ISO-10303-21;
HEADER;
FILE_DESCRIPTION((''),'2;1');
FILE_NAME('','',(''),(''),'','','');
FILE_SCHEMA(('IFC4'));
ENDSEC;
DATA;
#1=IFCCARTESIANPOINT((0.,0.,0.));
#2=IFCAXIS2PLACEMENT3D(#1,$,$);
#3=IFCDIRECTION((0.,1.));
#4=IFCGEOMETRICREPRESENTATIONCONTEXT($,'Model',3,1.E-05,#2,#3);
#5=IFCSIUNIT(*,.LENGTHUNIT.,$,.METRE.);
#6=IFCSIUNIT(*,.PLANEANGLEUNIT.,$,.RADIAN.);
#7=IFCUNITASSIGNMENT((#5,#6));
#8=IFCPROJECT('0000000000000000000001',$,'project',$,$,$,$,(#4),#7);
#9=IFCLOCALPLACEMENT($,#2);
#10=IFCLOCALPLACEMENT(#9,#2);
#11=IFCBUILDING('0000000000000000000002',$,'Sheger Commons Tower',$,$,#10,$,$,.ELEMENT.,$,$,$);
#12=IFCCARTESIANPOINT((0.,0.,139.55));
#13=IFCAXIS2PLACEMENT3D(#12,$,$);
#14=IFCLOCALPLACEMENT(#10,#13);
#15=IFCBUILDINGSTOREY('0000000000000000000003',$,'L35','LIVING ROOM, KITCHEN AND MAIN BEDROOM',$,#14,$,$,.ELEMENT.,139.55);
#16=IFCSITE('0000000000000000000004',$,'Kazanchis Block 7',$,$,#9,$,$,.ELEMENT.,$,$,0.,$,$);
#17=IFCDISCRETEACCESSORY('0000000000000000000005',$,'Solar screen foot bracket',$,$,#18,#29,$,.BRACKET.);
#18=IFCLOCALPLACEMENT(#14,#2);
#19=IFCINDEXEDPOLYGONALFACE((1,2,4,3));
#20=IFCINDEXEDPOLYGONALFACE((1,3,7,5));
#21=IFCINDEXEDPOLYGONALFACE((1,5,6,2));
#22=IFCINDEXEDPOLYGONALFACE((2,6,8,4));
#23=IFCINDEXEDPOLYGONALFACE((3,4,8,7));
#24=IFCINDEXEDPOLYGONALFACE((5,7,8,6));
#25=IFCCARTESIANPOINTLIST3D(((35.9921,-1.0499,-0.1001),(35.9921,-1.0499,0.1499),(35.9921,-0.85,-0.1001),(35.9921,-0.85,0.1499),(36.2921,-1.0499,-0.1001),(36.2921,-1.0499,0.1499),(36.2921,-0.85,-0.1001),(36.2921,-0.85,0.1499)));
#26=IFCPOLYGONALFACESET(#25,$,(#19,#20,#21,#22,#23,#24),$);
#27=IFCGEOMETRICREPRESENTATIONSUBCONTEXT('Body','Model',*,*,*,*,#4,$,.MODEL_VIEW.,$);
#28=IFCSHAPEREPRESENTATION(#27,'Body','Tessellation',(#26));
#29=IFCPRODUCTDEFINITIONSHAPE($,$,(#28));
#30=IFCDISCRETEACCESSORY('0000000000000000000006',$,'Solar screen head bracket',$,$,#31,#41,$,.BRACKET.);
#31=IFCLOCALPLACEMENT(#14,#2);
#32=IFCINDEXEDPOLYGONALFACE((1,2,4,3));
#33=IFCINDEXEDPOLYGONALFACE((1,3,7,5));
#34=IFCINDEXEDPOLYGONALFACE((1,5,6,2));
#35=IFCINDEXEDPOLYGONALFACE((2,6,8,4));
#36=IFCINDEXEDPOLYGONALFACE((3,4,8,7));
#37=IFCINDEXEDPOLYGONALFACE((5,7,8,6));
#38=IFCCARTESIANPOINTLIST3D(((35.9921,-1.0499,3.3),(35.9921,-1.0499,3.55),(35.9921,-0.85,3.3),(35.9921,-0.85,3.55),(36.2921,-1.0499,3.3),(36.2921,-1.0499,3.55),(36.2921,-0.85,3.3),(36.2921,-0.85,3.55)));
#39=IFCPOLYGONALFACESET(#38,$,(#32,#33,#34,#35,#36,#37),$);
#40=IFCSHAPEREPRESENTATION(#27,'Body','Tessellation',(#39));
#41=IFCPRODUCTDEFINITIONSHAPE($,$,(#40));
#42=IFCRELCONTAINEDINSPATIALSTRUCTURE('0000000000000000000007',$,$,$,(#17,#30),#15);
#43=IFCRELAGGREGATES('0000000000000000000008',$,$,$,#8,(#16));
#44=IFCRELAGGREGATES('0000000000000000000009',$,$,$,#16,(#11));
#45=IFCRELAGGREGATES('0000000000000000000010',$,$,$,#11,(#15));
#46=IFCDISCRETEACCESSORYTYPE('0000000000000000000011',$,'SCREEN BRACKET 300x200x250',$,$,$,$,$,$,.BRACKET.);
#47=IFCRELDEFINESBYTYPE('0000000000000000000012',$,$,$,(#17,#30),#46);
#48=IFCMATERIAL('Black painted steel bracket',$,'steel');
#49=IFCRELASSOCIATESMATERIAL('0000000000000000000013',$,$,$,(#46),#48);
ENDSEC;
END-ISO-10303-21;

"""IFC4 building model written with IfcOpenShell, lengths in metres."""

from ifc_helpers import new_model, si_unit, direction, frame, origin, origin_2d, place, context, subcontext, project, spatial, rectangle, extrude, material, type_object, element, save


model = new_model("IFC4")

# Units and contexts
model_context = context("Model", 3, precision=1e-05, world=origin(), true_north=direction((0.0, 1.0)))
body_context = subcontext(model_context, "Body", "Model", "MODEL_VIEW")
ifc_project = project(units=[si_unit("LENGTHUNIT", "METRE"), si_unit("PLANEANGLEUNIT", "RADIAN")], contexts=[model_context])

# Site, building, storey
site_placement = place(None, origin())
site = spatial("IfcSite", under=ifc_project, at=site_placement, Name="Kazanchis Block 7", CompositionType="ELEMENT", RefElevation=0.0)
building_placement = place(site_placement, origin())
building = spatial("IfcBuilding", under=site, at=building_placement, Name="Sheger Commons Tower", CompositionType="ELEMENT")
storey_placement = place(building_placement, frame((0.0, 0.0, 139.55)))
storey = spatial("IfcBuildingStorey", under=building, at=storey_placement, Name="L35", Description="LIVING ROOM, KITCHEN AND MAIN BEDROOM", CompositionType="ELEMENT", Elevation=139.55)

# Discrete accessories
ifc_material_1 = material(Name="Black painted steel bracket", Category="steel")
discrete_accessory_type = type_object("IfcDiscreteAccessoryType", Name="SCREEN BRACKET 300x200x250", PredefinedType="BRACKET", material=ifc_material_1)
for number, where, z_axis, x_axis, name in (
    (1, (36.1421, -0.95, -0.1001), (0.0, 0.0, 1.0), (1.0, 0.0, 0.0), "Solar screen foot bracket"),
    (2, (36.1421, -0.95, 3.3), (0.0, 0.0, 1.0), (1.0, 0.0, 0.0), "Solar screen head bracket"),
):
    element("IfcDiscreteAccessory", number, at=place(storey_placement, frame(where, z_axis=z_axis, x_axis=x_axis)), inside=storey, type_object=discrete_accessory_type, Name=name, PredefinedType="BRACKET", context=body_context, shape_type="SweptSolid", body=[
        extrude(rectangle(XDim=0.3, YDim=0.2, at=origin_2d()), origin(), (0.0, 0.0, 1.0), 0.25),
    ])

save(model, "model.ifc")
